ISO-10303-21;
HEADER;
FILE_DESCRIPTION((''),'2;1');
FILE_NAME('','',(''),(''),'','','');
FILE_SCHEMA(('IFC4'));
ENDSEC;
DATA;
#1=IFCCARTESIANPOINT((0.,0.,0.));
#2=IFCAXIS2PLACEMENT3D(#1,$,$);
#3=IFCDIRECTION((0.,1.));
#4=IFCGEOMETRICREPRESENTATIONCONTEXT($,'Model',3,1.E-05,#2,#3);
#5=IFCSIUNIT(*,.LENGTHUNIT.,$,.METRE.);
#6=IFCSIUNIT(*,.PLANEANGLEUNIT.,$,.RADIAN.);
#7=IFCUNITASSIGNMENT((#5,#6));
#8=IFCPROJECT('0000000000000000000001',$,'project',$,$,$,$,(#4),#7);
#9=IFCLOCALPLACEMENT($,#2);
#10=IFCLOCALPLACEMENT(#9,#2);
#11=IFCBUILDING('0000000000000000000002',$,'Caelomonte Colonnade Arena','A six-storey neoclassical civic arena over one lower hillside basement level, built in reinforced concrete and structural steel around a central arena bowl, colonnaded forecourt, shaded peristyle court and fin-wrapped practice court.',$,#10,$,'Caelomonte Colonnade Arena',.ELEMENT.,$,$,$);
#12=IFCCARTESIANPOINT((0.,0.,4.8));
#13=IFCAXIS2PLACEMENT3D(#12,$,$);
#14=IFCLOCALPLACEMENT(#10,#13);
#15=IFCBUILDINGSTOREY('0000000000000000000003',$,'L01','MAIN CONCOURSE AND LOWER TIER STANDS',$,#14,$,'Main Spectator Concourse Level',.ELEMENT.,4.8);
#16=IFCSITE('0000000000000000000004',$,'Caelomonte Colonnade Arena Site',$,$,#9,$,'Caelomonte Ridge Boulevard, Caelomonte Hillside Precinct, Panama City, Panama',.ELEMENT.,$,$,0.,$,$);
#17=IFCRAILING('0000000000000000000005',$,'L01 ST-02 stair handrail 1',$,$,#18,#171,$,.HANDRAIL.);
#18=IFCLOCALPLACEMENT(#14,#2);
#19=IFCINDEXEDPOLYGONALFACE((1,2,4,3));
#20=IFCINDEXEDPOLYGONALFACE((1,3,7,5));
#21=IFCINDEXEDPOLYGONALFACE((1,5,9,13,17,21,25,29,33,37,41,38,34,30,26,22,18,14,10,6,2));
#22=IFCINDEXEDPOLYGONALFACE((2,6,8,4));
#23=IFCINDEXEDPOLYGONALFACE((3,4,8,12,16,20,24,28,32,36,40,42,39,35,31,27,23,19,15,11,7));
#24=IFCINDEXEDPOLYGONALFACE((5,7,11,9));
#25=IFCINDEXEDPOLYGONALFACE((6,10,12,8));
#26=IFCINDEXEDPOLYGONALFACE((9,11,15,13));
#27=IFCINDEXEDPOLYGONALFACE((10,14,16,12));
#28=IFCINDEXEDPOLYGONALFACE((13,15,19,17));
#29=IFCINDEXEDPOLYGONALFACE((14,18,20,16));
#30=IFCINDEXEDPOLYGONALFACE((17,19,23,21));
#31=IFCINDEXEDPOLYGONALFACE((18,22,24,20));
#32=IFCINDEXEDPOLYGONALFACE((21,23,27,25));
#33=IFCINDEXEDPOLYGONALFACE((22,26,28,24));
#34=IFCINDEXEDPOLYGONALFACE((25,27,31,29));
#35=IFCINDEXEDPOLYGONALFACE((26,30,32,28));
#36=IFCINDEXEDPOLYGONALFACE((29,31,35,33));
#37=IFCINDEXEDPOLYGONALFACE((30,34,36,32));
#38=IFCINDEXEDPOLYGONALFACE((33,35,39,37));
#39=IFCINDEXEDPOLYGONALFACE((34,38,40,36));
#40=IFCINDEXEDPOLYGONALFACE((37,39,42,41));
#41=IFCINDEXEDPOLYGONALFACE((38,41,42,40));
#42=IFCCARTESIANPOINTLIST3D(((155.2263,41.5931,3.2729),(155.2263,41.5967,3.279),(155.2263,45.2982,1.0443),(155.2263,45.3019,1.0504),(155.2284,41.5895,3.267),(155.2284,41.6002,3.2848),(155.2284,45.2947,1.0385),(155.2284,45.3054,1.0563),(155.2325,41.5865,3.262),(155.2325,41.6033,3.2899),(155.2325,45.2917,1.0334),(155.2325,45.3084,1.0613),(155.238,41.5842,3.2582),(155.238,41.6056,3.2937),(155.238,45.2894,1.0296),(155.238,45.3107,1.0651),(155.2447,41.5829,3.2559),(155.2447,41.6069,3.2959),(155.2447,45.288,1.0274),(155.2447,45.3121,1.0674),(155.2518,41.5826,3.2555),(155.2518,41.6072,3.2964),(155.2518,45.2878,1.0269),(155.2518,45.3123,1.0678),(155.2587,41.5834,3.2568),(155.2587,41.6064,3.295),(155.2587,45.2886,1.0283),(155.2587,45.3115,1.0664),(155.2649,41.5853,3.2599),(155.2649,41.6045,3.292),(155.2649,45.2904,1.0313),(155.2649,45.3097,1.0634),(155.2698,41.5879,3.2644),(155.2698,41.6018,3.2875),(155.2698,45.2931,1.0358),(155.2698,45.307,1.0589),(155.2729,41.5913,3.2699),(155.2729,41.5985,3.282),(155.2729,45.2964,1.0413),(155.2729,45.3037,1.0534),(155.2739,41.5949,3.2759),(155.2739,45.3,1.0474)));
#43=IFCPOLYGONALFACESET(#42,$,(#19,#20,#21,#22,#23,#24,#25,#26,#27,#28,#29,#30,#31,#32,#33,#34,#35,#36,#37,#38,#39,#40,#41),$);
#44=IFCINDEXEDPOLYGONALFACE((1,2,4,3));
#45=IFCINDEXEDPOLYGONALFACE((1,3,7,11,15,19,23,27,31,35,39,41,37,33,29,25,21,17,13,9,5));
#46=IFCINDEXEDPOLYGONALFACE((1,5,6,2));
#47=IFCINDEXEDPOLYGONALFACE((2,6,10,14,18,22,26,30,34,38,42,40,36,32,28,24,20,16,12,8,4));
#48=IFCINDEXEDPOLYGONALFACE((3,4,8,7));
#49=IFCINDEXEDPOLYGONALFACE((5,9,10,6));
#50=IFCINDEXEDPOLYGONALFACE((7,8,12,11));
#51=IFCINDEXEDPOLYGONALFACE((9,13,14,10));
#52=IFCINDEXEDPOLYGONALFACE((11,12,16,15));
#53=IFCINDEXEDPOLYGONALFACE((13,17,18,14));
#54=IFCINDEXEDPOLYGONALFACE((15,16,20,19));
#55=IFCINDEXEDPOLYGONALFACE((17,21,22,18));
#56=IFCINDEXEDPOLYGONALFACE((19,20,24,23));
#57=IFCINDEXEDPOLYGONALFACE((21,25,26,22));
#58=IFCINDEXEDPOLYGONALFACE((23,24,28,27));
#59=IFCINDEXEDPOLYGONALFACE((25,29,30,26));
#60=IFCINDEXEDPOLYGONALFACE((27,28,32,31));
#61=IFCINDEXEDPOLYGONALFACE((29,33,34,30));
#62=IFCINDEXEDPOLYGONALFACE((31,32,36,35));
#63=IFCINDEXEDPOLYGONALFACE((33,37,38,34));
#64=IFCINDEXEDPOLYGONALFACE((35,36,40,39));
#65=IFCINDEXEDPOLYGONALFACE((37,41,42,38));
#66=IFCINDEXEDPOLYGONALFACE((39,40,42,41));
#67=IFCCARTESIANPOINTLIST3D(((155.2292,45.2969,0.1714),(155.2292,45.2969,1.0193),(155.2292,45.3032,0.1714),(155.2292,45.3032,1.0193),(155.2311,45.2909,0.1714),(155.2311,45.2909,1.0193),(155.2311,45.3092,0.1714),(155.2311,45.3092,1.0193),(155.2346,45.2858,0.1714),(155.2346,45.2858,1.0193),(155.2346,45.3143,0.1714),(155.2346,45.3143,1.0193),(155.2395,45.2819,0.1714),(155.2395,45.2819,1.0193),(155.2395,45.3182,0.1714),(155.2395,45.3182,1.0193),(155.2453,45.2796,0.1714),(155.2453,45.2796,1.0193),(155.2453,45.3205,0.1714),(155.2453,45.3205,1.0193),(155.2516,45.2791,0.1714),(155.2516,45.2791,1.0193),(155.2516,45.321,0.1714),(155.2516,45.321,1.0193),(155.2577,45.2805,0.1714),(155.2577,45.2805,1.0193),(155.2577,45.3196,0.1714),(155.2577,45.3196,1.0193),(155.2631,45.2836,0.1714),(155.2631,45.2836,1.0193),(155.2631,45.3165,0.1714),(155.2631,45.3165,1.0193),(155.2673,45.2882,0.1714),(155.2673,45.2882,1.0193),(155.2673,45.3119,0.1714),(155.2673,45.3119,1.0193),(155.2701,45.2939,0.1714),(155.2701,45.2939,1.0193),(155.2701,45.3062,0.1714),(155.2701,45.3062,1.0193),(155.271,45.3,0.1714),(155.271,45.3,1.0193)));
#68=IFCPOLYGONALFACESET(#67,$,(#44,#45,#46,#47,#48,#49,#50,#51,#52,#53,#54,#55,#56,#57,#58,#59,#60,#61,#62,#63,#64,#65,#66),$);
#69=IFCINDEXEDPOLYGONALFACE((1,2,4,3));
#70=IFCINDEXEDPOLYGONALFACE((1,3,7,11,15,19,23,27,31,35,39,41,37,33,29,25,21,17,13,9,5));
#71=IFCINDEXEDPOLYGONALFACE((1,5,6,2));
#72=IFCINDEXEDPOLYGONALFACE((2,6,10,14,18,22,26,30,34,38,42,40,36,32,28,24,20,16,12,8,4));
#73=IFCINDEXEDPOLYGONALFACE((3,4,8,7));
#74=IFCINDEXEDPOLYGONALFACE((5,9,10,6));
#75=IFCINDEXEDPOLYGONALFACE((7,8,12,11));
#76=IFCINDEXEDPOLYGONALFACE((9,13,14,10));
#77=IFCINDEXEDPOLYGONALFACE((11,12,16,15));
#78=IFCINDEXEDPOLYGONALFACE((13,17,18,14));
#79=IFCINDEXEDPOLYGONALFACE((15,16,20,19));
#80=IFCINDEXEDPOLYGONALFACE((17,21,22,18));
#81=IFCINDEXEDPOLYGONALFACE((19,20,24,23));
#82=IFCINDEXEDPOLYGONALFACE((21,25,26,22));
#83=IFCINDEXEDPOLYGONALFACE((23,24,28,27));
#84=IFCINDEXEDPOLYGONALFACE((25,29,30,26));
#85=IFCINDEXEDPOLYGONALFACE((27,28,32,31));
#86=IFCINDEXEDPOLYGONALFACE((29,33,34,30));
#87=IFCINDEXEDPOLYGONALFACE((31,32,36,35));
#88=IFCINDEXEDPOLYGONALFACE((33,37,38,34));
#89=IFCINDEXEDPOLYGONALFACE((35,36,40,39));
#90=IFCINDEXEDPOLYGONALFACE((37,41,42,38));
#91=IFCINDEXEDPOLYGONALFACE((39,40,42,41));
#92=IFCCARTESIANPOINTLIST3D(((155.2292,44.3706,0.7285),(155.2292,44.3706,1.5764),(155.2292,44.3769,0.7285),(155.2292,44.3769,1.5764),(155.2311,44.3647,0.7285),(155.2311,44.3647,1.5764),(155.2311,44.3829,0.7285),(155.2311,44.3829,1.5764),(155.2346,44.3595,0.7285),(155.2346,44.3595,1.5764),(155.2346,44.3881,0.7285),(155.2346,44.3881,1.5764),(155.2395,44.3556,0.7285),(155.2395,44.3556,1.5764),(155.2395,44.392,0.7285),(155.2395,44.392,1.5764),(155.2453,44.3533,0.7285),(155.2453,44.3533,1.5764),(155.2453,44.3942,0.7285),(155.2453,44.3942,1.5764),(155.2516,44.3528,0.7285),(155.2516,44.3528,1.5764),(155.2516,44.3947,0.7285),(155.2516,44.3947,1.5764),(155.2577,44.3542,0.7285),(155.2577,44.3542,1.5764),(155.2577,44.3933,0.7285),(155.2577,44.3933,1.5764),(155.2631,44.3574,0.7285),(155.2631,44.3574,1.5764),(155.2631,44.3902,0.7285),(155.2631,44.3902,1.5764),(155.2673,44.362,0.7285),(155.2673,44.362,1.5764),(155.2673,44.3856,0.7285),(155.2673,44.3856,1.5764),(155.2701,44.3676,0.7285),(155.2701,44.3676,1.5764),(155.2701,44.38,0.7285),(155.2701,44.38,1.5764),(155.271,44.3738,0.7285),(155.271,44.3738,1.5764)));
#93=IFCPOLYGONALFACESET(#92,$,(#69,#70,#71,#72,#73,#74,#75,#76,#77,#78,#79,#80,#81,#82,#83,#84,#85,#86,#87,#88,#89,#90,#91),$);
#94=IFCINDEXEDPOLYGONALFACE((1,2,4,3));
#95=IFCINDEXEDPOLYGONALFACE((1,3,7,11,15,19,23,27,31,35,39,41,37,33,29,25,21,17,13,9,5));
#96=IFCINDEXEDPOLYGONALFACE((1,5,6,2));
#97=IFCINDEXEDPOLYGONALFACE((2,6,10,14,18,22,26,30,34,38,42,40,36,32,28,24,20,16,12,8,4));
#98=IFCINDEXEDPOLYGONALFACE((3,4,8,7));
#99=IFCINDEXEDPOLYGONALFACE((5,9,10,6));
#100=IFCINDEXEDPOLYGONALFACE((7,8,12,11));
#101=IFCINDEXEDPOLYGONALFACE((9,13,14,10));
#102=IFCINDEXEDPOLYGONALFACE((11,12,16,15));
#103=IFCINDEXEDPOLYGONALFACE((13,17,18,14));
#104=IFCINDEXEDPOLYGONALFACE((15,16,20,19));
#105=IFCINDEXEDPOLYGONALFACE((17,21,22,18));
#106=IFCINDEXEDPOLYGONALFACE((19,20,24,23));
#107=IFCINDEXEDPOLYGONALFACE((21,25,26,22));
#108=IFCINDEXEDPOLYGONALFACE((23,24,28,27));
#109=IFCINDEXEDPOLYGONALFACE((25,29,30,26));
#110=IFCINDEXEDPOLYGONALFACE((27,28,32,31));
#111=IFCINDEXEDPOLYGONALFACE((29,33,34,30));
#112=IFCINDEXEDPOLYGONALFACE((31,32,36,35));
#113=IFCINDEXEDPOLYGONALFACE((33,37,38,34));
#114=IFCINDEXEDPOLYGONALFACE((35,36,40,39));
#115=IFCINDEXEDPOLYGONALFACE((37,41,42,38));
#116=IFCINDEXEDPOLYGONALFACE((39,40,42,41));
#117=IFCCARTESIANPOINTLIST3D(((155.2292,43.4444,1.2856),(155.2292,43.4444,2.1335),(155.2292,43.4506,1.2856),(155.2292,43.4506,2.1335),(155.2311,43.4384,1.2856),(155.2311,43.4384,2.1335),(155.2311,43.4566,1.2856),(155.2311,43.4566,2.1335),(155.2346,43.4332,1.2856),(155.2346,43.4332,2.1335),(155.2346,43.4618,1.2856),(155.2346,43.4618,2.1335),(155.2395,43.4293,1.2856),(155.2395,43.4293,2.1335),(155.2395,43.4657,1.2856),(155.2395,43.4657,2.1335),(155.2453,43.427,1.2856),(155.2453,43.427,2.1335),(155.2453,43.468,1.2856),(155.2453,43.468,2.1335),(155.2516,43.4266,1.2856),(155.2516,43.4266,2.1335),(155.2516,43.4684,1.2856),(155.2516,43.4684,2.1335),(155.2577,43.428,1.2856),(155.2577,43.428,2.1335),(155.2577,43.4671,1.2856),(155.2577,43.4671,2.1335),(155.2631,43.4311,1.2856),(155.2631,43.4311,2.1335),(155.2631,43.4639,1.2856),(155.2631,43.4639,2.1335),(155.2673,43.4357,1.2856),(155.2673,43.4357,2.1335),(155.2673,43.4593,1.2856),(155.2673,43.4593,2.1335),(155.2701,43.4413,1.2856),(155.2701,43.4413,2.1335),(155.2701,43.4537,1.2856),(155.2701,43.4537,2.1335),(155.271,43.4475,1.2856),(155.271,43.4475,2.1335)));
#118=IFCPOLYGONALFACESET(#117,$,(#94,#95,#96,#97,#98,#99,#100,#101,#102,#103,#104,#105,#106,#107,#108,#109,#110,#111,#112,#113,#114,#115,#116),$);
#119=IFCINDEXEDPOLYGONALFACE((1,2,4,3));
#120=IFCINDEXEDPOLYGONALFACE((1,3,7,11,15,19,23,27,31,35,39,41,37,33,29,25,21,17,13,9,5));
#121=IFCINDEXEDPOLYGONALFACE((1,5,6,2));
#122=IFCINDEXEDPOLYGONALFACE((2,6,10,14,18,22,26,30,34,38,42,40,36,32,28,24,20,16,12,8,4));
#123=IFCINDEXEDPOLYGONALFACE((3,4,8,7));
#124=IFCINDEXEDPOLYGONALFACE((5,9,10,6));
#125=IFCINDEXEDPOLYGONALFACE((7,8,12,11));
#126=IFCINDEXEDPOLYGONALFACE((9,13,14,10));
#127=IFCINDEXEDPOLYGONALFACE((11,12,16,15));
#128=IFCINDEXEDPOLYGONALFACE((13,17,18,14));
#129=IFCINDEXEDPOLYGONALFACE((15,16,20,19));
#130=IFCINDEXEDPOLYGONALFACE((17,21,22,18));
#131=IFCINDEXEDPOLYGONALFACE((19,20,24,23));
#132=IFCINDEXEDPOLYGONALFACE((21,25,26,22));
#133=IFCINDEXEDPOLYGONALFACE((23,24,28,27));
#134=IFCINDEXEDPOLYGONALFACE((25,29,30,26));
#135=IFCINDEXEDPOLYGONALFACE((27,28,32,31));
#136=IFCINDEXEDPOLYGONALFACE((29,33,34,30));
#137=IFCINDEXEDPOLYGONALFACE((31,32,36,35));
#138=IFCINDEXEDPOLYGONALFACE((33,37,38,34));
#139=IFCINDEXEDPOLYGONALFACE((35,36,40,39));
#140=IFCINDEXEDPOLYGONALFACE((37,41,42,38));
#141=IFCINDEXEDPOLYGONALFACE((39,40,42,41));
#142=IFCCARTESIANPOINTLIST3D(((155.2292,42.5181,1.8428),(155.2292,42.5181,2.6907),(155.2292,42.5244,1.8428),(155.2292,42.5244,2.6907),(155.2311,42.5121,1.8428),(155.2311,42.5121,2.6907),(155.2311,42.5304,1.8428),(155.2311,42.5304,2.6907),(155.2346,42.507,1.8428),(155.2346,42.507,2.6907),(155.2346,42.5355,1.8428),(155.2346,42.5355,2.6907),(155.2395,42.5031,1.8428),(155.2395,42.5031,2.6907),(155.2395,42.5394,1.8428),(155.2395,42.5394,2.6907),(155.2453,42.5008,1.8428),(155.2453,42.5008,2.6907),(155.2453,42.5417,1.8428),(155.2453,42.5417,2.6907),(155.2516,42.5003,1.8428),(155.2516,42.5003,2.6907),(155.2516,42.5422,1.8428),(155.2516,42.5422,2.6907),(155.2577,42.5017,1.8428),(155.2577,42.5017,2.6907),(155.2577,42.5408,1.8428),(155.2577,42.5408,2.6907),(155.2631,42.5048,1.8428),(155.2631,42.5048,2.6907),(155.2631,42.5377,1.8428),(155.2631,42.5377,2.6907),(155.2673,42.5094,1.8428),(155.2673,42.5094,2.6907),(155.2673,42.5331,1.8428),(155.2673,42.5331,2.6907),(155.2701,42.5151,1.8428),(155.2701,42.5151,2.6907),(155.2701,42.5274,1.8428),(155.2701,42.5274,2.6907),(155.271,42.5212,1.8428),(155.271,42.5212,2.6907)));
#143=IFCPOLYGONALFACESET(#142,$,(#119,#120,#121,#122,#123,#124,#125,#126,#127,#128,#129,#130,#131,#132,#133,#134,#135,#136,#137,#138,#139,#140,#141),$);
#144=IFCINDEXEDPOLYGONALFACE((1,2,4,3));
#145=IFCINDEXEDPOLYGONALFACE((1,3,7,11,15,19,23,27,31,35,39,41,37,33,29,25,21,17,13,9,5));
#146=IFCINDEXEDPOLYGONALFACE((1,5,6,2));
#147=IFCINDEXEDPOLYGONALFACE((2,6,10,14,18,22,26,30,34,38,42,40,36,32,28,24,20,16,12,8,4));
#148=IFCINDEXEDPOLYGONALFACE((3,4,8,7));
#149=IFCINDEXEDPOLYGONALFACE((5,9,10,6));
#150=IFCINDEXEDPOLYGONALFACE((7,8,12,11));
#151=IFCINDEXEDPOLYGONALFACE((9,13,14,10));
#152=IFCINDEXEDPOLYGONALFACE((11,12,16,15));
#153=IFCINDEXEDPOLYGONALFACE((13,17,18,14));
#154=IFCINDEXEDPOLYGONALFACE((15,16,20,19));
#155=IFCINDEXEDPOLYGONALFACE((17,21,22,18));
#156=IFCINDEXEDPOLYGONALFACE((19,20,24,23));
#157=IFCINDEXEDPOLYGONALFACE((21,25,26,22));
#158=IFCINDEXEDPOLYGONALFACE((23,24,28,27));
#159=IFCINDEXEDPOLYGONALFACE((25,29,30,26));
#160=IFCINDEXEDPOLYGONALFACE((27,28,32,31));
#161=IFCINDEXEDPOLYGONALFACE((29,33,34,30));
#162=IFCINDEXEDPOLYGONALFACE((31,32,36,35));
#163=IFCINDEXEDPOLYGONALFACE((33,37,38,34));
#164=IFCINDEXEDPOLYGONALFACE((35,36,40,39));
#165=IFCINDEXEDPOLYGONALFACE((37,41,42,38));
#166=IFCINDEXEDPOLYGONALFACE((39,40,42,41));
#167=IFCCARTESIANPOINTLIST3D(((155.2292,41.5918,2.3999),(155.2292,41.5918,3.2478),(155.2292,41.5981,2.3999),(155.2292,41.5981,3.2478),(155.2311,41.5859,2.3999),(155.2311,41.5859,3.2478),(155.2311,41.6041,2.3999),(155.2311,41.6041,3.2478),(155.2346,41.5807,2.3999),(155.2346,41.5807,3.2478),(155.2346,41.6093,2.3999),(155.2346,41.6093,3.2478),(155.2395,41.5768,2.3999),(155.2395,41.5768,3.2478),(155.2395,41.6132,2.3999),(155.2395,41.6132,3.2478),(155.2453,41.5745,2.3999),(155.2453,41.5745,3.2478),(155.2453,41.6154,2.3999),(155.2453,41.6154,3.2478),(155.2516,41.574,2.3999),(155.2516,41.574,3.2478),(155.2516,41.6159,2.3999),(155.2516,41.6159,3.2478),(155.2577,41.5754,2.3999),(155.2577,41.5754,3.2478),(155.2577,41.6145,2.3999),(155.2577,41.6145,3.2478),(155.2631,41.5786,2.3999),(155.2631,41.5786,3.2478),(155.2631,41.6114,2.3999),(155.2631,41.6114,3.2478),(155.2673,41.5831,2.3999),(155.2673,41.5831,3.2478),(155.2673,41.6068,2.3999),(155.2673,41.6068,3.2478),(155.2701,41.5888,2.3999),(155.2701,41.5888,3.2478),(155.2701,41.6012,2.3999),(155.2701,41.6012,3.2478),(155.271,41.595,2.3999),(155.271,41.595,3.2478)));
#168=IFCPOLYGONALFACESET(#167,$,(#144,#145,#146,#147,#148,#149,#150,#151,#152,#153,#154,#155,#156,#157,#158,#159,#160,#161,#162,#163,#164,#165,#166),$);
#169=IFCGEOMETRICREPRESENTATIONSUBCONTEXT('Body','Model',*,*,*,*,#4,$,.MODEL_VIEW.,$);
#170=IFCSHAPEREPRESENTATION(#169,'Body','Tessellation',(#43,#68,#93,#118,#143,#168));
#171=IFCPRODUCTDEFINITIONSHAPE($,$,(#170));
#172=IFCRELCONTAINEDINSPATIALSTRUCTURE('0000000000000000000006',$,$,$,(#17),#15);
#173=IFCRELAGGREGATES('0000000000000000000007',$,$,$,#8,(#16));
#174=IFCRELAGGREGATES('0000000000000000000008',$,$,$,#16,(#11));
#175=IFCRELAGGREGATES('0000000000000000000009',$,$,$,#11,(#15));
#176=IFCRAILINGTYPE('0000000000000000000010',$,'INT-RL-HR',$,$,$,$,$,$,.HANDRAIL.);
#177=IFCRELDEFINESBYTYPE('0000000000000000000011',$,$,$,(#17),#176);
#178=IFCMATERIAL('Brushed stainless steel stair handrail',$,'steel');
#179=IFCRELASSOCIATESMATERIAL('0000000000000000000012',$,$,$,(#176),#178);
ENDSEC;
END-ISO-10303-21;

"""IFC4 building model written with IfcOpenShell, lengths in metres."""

from ifc_helpers import new_model, si_unit, direction, frame, origin, origin_2d, place, context, subcontext, project, spatial, circle, extrude, material, type_object, element, save


model = new_model("IFC4")

# Units and contexts
model_context = context("Model", 3, precision=1e-05, world=origin(), true_north=direction((0.0, 1.0)))
body_context = subcontext(model_context, "Body", "Model", "MODEL_VIEW")
ifc_project = project(units=[si_unit("LENGTHUNIT", "METRE"), si_unit("PLANEANGLEUNIT", "RADIAN")], contexts=[model_context])

# Site, building, storey
site_placement = place(None, origin())
site = spatial("IfcSite", under=ifc_project, at=site_placement, Name="Caelomonte Colonnade Arena Site", LongName="Caelomonte Ridge Boulevard, Caelomonte Hillside Precinct, Panama City, Panama", CompositionType="ELEMENT", RefElevation=0.0)
building_placement = place(site_placement, origin())
building = spatial("IfcBuilding", under=site, at=building_placement, Name="Caelomonte Colonnade Arena", Description="A six-storey neoclassical civic arena over one lower hillside basement level, built in reinforced concrete and structural steel around a central arena bowl, colonnaded forecourt, shaded peristyle court and fin-wrapped practice court.", LongName="Caelomonte Colonnade Arena", CompositionType="ELEMENT")
storey_placement = place(building_placement, frame((0.0, 0.0, 4.8)))
storey = spatial("IfcBuildingStorey", under=building, at=storey_placement, Name="L01", Description="MAIN CONCOURSE AND LOWER TIER STANDS", LongName="Main Spectator Concourse Level", CompositionType="ELEMENT", Elevation=4.8)

# Railing
ifc_material_1 = material(Name="Brushed stainless steel stair handrail", Category="steel")
railing_type_1 = type_object("IfcRailingType", Name="INT-RL-HR", PredefinedType="HANDRAIL", material=ifc_material_1)
railing_1_placement = place(storey_placement, frame((155.25, 45.3, 0.1714)))
element("IfcRailing", 1, at=railing_1_placement, inside=storey, type_object=railing_type_1, Name="L01 ST-02 stair handrail 1", PredefinedType="HANDRAIL", context=body_context, shape_type="SweptSolid", body=[
    extrude(circle(Radius=0.0239, at=origin_2d()), frame((0.0, 0.0, 0.876), z_axis=(0.0, -0.856934, 0.515425), x_axis=(1.0, 0.0, 0.0)), (0.0, 0.0, 1.0), 4.3237),
    extrude(circle(Radius=0.021, at=origin_2d()), origin(), (0.0, 0.0, 1.0), 0.8479),
    extrude(circle(Radius=0.021, at=origin_2d()), frame((0.0, -0.9263, 0.5571)), (0.0, 0.0, 1.0), 0.8479),
    extrude(circle(Radius=0.021, at=origin_2d()), frame((0.0, -1.8525, 1.1143)), (0.0, 0.0, 1.0), 0.8479),
    extrude(circle(Radius=0.021, at=origin_2d()), frame((0.0, -2.7788, 1.6714)), (0.0, 0.0, 1.0), 0.8479),
    extrude(circle(Radius=0.021, at=origin_2d()), frame((0.0, -3.7051, 2.2285)), (0.0, 0.0, 1.0), 0.8479),
])

save(model, "model.ifc")
